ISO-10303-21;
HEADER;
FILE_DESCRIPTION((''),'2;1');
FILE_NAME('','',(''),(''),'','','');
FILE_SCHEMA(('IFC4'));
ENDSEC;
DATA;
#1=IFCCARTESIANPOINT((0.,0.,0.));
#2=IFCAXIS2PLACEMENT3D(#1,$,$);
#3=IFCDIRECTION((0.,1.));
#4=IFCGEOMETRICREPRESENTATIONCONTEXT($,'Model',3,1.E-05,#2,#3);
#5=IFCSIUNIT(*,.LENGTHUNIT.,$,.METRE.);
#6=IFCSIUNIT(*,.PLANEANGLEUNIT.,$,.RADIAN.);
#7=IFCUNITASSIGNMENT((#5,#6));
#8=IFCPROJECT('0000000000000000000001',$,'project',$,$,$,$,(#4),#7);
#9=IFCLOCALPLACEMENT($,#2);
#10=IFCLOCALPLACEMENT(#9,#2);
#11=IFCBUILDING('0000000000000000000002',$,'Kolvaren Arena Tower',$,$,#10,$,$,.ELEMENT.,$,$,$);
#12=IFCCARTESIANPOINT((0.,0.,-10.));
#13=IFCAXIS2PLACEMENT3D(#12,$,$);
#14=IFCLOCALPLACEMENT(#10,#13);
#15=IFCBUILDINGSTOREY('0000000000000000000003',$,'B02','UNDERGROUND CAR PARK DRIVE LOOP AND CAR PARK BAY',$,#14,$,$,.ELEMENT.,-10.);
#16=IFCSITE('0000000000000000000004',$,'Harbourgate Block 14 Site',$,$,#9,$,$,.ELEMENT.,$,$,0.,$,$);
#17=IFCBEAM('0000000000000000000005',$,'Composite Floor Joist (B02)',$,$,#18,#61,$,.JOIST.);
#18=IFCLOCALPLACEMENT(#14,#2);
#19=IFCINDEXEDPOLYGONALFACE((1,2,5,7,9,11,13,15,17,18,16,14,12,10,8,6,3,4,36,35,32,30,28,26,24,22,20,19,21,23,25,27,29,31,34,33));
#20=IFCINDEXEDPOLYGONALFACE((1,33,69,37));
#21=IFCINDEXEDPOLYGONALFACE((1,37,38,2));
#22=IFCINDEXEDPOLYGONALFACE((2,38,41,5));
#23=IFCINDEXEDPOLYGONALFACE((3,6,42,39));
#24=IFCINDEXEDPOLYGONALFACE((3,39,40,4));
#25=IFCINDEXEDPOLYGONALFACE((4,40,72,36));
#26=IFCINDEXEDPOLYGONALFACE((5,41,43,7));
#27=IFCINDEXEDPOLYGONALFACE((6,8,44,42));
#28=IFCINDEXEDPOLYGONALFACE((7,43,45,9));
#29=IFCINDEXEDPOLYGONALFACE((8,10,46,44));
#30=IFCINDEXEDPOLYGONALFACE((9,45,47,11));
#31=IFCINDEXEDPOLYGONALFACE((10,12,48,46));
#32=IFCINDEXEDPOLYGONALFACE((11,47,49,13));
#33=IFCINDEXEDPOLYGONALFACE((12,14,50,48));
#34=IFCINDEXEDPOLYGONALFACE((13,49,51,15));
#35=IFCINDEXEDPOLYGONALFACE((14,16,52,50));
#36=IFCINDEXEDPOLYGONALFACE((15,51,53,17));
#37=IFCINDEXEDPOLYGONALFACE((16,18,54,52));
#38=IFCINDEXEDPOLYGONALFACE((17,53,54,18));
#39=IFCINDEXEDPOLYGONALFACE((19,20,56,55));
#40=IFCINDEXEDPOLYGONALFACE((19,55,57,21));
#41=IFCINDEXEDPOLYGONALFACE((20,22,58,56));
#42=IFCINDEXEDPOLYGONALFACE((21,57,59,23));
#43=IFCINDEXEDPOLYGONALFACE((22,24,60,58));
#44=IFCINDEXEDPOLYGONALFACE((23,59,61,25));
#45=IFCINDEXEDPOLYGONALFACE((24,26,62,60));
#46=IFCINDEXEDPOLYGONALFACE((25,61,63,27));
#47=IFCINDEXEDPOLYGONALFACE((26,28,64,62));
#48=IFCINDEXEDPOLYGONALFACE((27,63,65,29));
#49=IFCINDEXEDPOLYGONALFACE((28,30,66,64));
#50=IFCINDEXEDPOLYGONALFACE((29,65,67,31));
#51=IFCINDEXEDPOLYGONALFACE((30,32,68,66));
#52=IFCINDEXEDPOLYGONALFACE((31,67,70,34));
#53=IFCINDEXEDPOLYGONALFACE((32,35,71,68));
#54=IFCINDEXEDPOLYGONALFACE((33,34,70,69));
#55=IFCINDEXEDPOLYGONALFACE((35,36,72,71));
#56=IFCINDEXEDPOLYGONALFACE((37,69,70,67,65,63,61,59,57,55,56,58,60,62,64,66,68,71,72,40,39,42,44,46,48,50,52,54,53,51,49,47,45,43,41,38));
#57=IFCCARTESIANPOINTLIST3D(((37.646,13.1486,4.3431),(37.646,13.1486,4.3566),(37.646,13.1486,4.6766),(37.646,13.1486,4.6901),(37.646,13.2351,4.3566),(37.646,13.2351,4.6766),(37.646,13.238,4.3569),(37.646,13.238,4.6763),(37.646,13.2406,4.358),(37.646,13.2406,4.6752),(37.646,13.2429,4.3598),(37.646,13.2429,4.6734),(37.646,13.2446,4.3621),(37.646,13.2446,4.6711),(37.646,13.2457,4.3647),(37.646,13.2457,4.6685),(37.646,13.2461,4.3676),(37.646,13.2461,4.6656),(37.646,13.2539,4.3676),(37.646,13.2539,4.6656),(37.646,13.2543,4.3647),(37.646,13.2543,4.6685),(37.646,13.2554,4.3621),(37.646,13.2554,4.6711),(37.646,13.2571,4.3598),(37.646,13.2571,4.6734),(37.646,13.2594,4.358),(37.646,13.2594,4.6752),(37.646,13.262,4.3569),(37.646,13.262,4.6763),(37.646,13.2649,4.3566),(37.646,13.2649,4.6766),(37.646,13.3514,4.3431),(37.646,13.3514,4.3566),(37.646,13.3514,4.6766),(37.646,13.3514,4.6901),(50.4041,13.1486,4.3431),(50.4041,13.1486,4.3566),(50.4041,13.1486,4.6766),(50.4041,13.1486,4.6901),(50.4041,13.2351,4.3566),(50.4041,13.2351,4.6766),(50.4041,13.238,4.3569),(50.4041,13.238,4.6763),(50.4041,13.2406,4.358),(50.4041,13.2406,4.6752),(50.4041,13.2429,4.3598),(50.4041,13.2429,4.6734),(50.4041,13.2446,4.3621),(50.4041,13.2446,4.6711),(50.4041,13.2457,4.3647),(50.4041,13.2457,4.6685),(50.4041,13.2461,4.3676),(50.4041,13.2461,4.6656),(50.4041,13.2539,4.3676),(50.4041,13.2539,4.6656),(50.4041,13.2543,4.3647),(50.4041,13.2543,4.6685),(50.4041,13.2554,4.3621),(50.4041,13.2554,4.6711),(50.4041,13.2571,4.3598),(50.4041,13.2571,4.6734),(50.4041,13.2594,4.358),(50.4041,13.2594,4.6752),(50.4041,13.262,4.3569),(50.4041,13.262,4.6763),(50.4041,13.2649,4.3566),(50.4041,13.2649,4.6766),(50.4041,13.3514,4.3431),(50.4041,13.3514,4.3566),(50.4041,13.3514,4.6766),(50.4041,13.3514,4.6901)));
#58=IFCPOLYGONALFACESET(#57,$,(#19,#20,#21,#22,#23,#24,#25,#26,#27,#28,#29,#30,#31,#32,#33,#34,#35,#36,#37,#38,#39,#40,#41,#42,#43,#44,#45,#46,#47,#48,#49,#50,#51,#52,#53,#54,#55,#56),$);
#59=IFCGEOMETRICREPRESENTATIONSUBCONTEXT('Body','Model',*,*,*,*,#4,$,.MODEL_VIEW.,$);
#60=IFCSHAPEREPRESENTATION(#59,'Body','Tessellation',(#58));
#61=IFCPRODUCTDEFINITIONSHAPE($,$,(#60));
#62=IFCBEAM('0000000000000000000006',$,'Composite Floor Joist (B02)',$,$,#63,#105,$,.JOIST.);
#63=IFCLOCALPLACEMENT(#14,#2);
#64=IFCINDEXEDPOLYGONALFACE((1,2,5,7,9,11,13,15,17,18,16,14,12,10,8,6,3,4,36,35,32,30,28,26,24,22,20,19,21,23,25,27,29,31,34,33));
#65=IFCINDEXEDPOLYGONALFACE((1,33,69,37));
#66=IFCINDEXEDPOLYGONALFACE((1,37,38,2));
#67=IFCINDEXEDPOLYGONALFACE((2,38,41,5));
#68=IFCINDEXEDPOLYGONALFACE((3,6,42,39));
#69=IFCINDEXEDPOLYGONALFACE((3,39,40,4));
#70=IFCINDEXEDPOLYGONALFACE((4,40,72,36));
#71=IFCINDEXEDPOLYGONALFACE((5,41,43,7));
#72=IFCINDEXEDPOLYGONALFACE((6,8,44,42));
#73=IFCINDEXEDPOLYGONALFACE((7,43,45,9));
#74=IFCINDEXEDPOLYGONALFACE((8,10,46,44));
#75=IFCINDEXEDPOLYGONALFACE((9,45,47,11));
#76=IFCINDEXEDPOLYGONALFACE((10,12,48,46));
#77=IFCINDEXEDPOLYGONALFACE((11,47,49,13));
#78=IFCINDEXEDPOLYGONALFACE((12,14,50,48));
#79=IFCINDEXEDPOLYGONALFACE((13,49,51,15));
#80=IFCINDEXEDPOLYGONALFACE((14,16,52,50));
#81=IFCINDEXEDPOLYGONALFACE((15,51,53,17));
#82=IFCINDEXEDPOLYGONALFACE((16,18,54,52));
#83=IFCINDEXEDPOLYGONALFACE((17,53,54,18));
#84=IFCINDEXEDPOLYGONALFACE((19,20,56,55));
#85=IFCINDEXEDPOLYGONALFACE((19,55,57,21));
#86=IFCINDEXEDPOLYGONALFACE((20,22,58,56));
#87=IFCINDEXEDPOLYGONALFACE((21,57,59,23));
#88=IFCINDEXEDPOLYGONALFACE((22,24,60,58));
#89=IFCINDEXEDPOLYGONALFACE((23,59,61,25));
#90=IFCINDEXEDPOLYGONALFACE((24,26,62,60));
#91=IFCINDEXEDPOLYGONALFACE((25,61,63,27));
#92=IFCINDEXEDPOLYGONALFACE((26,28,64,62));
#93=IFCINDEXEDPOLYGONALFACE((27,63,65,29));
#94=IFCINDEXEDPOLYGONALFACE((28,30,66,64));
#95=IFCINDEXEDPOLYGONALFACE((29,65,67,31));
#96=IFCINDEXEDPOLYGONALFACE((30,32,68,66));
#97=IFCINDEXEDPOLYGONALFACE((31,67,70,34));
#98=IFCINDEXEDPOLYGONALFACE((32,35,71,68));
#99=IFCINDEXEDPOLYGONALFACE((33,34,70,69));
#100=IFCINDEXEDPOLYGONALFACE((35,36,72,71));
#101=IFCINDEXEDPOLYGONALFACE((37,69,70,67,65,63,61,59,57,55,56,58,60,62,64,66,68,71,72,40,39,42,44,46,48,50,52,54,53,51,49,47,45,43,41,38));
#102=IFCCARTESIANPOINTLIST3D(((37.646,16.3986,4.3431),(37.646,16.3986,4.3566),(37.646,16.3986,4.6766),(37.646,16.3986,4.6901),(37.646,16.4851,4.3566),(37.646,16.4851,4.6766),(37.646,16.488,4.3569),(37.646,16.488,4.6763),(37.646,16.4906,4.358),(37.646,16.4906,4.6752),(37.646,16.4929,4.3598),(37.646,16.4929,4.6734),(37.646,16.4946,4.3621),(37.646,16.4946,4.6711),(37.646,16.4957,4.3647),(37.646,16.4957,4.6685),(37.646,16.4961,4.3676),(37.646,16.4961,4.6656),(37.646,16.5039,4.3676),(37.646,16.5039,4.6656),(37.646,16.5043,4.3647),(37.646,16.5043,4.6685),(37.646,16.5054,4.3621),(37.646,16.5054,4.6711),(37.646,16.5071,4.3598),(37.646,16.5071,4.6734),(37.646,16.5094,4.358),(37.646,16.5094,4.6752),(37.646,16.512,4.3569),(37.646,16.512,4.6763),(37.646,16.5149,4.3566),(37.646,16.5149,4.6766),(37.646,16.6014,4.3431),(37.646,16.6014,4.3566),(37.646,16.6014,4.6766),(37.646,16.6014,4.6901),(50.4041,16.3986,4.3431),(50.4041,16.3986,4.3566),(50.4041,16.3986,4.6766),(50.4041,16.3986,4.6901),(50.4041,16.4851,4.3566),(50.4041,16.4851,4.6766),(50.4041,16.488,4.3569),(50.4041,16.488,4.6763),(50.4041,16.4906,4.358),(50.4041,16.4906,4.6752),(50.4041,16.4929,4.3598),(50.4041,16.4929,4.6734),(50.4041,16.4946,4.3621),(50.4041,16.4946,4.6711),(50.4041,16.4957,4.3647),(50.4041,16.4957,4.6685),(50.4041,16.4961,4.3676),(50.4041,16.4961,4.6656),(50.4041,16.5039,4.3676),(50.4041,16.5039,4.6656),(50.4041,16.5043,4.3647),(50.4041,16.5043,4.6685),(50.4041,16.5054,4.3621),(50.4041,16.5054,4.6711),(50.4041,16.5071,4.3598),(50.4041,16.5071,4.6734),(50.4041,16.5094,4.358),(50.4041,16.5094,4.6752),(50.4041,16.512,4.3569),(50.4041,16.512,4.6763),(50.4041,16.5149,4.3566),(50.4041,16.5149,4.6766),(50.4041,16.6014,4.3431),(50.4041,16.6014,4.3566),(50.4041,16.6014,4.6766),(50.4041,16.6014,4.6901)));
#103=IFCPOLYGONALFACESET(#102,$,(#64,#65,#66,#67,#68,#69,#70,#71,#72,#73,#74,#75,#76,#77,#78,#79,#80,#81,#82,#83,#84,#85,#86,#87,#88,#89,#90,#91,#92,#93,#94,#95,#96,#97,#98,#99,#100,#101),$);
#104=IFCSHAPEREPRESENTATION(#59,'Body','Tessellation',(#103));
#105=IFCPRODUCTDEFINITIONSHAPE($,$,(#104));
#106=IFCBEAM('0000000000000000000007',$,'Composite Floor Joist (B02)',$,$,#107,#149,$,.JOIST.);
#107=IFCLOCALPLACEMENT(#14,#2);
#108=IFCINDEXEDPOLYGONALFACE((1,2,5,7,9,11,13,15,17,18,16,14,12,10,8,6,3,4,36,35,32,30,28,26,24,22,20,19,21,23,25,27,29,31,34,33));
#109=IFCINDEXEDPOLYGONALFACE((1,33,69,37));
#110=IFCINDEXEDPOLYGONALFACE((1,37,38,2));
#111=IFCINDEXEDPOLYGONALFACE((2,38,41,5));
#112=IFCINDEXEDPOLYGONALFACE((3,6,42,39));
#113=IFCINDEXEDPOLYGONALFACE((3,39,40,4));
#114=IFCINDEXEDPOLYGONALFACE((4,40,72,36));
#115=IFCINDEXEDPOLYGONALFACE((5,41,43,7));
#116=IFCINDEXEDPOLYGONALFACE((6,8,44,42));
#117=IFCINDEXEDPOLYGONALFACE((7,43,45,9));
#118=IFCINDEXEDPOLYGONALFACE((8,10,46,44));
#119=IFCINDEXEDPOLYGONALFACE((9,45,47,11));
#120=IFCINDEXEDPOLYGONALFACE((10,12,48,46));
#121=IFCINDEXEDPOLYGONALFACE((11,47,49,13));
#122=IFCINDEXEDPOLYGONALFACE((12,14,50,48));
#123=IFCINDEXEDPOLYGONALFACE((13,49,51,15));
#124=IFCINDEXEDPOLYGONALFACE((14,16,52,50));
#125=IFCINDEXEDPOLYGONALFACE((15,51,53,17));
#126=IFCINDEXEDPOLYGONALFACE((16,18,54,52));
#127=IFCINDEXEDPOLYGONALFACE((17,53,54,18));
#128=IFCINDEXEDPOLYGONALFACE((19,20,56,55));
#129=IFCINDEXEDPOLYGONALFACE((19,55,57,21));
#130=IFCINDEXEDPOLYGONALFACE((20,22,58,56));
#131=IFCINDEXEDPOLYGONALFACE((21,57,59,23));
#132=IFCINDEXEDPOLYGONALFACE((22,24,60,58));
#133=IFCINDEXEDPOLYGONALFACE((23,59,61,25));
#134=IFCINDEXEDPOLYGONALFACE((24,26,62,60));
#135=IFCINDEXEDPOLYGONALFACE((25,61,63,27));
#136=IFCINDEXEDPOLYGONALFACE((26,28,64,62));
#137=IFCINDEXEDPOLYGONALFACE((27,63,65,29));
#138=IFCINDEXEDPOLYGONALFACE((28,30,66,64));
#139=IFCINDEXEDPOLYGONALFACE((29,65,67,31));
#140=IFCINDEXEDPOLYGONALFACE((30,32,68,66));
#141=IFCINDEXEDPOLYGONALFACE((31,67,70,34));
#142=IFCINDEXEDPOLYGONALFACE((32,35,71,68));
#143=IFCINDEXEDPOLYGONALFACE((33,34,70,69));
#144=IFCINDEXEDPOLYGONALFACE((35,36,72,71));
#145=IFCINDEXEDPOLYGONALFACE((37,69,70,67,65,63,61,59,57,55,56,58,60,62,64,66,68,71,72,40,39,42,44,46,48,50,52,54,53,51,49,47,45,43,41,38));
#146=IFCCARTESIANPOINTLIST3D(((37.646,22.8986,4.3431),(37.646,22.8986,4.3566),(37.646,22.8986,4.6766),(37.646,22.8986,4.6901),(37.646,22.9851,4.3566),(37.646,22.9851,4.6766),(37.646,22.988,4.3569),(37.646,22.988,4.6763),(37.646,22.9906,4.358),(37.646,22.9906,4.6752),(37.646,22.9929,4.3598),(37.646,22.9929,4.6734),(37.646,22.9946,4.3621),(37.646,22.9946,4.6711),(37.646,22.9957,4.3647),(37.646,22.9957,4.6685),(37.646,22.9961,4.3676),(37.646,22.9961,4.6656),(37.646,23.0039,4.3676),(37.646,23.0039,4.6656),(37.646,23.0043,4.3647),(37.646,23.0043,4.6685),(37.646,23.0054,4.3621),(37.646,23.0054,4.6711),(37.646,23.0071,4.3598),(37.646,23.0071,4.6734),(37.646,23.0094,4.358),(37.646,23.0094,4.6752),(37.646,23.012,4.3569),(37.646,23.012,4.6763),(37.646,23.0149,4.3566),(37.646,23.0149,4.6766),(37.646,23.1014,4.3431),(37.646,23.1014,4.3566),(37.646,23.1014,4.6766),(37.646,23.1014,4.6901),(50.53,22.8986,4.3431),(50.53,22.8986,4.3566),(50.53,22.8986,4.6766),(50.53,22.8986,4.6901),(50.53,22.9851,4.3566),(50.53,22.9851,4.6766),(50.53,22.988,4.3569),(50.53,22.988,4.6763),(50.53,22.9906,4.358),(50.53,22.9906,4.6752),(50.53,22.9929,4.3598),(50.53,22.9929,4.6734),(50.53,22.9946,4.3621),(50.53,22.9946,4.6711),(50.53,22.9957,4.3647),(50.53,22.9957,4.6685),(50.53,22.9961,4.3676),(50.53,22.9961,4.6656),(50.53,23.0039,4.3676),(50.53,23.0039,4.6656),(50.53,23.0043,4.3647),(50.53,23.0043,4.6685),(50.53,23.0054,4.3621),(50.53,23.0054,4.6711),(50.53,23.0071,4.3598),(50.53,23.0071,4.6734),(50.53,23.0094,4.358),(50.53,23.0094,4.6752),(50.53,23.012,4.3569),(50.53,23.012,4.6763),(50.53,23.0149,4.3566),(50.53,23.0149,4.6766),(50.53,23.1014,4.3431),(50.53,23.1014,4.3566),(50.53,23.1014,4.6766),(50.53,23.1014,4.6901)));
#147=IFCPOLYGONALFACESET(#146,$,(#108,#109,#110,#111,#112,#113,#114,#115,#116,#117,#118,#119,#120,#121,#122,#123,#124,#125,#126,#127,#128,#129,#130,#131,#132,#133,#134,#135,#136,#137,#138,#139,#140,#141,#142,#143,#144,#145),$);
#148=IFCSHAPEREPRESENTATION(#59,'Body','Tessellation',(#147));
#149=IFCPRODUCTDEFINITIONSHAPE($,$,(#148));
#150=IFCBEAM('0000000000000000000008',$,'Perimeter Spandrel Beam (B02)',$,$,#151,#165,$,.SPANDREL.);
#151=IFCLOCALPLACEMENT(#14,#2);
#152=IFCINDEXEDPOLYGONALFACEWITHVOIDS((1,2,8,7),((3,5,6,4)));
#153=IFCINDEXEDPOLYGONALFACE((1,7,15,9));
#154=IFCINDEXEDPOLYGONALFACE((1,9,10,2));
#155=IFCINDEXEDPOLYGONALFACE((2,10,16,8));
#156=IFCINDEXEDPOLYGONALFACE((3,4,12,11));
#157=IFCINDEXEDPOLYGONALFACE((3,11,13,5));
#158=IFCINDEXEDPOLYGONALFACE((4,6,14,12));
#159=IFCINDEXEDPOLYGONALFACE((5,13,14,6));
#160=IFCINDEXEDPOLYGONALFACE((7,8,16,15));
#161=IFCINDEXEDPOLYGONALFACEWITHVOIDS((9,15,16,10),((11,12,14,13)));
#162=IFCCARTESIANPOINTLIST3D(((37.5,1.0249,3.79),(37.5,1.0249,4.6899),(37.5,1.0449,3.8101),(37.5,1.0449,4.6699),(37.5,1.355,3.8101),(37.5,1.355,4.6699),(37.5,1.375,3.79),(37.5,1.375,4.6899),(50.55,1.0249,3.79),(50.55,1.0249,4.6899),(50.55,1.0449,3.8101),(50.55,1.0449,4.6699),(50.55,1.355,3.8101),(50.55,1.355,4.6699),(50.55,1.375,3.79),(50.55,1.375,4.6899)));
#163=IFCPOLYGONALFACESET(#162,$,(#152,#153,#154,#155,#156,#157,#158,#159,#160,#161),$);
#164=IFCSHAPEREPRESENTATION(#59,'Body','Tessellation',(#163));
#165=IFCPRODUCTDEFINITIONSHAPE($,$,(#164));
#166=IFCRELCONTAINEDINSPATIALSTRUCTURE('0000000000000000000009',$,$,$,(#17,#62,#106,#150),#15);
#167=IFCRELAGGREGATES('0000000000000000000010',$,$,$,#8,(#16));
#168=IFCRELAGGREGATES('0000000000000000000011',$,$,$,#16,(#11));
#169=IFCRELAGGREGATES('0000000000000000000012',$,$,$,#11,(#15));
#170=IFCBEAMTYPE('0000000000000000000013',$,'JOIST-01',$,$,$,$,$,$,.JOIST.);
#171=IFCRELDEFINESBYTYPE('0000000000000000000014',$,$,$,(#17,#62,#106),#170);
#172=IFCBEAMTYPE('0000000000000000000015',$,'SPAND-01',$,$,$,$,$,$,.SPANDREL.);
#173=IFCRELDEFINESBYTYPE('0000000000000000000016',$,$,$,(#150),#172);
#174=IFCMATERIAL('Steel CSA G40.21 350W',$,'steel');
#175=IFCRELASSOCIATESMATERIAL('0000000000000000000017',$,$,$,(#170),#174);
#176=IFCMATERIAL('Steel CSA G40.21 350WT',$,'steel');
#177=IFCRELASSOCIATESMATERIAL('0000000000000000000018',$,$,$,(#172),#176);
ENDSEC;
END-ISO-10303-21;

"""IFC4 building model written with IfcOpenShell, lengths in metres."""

from ifc_helpers import new_model, si_unit, direction, frame, origin, origin_2d, place, context, subcontext, project, spatial, hollow_rectangle, i_section, extrude, material, material_profile, profile_set, type_object, element, save


model = new_model("IFC4")

# Units and contexts
model_context = context("Model", 3, precision=1e-05, world=origin(), true_north=direction((0.0, 1.0)))
body_context = subcontext(model_context, "Body", "Model", "MODEL_VIEW")
ifc_project = project(units=[si_unit("LENGTHUNIT", "METRE"), si_unit("PLANEANGLEUNIT", "RADIAN")], contexts=[model_context])

# Site, building, storey
site_placement = place(None, origin())
site = spatial("IfcSite", under=ifc_project, at=site_placement, Name="Harbourgate Block 14 Site", CompositionType="ELEMENT", RefElevation=0.0)
building_placement = place(site_placement, origin())
building = spatial("IfcBuilding", under=site, at=building_placement, Name="Kolvaren Arena Tower", CompositionType="ELEMENT")
storey_placement = place(building_placement, frame((0.0, 0.0, -10.0)))
storey = spatial("IfcBuildingStorey", under=building, at=storey_placement, Name="B02", Description="UNDERGROUND CAR PARK DRIVE LOOP AND CAR PARK BAY", CompositionType="ELEMENT", Elevation=-10.0)

# Beams
ifc_material_1 = material(Name="Steel CSA G40.21 350W", Category="steel")
ifc_material_profile_1 = material_profile(ifc_material_1, i_section(OverallWidth=0.2029, OverallDepth=0.3469, WebThickness=0.0078, FlangeThickness=0.0134, FilletRadius=0.011, at=origin_2d()), Name="W360x64")
ifc_profile_set_1 = profile_set([ifc_material_profile_1], Name="Steel CSA G40.21 350W")
beam_type_1 = type_object("IfcBeamType", Name="JOIST-01", PredefinedType="JOIST", material=ifc_profile_set_1)
for number, where, z_axis, x_axis, name in (
    (1, (37.646, 13.25, 4.5166), (1.0, 0.0, 0.0), (0.0, 1.0, 0.0), "Composite Floor Joist (B02)"),
    (2, (37.646, 16.5, 4.5166), (1.0, 0.0, 0.0), (0.0, 1.0, 0.0), "Composite Floor Joist (B02)"),
):
    element("IfcBeam", number, at=place(storey_placement, frame(where, z_axis=z_axis, x_axis=x_axis)), inside=storey, type_object=beam_type_1, Name=name, PredefinedType="JOIST", context=body_context, shape_type="SweptSolid", body=[
        extrude(i_section(OverallWidth=0.2029, OverallDepth=0.3469, WebThickness=0.0078, FlangeThickness=0.0134, FilletRadius=0.011, at=origin_2d()), origin(), (0.0, 0.0, 1.0), 12.7581),
    ])
beam_1_placement = place(storey_placement, frame((37.646, 23.0, 4.5166), z_axis=(1.0, 0.0, 0.0), x_axis=(0.0, 1.0, 0.0)))
element("IfcBeam", 3, at=beam_1_placement, inside=storey, type_object=beam_type_1, Name="Composite Floor Joist (B02)", PredefinedType="JOIST", context=body_context, shape_type="SweptSolid", body=[
    extrude(i_section(OverallWidth=0.2029, OverallDepth=0.3469, WebThickness=0.0078, FlangeThickness=0.0134, FilletRadius=0.011, at=origin_2d()), origin(), (0.0, 0.0, 1.0), 12.884),
])
ifc_material_2 = material(Name="Steel CSA G40.21 350WT", Category="steel")
ifc_material_profile_2 = material_profile(ifc_material_2, hollow_rectangle(XDim=0.3501, YDim=0.8999, WallThickness=0.02, at=origin_2d()), Name="HSS 900x350x20")
ifc_profile_set_2 = profile_set([ifc_material_profile_2], Name="Steel CSA G40.21 350WT")
beam_type_2 = type_object("IfcBeamType", Name="SPAND-01", PredefinedType="SPANDREL", material=ifc_profile_set_2)
beam_2_placement = place(storey_placement, frame((37.5, 1.2, 4.24), z_axis=(1.0, 0.0, 0.0), x_axis=(0.0, 1.0, 0.0)))
element("IfcBeam", 4, at=beam_2_placement, inside=storey, type_object=beam_type_2, Name="Perimeter Spandrel Beam (B02)", PredefinedType="SPANDREL", context=body_context, shape_type="SweptSolid", body=[
    extrude(hollow_rectangle(XDim=0.3501, YDim=0.8999, WallThickness=0.02, at=origin_2d()), origin(), (0.0, 0.0, 1.0), 13.05),
])

save(model, "model.ifc")
